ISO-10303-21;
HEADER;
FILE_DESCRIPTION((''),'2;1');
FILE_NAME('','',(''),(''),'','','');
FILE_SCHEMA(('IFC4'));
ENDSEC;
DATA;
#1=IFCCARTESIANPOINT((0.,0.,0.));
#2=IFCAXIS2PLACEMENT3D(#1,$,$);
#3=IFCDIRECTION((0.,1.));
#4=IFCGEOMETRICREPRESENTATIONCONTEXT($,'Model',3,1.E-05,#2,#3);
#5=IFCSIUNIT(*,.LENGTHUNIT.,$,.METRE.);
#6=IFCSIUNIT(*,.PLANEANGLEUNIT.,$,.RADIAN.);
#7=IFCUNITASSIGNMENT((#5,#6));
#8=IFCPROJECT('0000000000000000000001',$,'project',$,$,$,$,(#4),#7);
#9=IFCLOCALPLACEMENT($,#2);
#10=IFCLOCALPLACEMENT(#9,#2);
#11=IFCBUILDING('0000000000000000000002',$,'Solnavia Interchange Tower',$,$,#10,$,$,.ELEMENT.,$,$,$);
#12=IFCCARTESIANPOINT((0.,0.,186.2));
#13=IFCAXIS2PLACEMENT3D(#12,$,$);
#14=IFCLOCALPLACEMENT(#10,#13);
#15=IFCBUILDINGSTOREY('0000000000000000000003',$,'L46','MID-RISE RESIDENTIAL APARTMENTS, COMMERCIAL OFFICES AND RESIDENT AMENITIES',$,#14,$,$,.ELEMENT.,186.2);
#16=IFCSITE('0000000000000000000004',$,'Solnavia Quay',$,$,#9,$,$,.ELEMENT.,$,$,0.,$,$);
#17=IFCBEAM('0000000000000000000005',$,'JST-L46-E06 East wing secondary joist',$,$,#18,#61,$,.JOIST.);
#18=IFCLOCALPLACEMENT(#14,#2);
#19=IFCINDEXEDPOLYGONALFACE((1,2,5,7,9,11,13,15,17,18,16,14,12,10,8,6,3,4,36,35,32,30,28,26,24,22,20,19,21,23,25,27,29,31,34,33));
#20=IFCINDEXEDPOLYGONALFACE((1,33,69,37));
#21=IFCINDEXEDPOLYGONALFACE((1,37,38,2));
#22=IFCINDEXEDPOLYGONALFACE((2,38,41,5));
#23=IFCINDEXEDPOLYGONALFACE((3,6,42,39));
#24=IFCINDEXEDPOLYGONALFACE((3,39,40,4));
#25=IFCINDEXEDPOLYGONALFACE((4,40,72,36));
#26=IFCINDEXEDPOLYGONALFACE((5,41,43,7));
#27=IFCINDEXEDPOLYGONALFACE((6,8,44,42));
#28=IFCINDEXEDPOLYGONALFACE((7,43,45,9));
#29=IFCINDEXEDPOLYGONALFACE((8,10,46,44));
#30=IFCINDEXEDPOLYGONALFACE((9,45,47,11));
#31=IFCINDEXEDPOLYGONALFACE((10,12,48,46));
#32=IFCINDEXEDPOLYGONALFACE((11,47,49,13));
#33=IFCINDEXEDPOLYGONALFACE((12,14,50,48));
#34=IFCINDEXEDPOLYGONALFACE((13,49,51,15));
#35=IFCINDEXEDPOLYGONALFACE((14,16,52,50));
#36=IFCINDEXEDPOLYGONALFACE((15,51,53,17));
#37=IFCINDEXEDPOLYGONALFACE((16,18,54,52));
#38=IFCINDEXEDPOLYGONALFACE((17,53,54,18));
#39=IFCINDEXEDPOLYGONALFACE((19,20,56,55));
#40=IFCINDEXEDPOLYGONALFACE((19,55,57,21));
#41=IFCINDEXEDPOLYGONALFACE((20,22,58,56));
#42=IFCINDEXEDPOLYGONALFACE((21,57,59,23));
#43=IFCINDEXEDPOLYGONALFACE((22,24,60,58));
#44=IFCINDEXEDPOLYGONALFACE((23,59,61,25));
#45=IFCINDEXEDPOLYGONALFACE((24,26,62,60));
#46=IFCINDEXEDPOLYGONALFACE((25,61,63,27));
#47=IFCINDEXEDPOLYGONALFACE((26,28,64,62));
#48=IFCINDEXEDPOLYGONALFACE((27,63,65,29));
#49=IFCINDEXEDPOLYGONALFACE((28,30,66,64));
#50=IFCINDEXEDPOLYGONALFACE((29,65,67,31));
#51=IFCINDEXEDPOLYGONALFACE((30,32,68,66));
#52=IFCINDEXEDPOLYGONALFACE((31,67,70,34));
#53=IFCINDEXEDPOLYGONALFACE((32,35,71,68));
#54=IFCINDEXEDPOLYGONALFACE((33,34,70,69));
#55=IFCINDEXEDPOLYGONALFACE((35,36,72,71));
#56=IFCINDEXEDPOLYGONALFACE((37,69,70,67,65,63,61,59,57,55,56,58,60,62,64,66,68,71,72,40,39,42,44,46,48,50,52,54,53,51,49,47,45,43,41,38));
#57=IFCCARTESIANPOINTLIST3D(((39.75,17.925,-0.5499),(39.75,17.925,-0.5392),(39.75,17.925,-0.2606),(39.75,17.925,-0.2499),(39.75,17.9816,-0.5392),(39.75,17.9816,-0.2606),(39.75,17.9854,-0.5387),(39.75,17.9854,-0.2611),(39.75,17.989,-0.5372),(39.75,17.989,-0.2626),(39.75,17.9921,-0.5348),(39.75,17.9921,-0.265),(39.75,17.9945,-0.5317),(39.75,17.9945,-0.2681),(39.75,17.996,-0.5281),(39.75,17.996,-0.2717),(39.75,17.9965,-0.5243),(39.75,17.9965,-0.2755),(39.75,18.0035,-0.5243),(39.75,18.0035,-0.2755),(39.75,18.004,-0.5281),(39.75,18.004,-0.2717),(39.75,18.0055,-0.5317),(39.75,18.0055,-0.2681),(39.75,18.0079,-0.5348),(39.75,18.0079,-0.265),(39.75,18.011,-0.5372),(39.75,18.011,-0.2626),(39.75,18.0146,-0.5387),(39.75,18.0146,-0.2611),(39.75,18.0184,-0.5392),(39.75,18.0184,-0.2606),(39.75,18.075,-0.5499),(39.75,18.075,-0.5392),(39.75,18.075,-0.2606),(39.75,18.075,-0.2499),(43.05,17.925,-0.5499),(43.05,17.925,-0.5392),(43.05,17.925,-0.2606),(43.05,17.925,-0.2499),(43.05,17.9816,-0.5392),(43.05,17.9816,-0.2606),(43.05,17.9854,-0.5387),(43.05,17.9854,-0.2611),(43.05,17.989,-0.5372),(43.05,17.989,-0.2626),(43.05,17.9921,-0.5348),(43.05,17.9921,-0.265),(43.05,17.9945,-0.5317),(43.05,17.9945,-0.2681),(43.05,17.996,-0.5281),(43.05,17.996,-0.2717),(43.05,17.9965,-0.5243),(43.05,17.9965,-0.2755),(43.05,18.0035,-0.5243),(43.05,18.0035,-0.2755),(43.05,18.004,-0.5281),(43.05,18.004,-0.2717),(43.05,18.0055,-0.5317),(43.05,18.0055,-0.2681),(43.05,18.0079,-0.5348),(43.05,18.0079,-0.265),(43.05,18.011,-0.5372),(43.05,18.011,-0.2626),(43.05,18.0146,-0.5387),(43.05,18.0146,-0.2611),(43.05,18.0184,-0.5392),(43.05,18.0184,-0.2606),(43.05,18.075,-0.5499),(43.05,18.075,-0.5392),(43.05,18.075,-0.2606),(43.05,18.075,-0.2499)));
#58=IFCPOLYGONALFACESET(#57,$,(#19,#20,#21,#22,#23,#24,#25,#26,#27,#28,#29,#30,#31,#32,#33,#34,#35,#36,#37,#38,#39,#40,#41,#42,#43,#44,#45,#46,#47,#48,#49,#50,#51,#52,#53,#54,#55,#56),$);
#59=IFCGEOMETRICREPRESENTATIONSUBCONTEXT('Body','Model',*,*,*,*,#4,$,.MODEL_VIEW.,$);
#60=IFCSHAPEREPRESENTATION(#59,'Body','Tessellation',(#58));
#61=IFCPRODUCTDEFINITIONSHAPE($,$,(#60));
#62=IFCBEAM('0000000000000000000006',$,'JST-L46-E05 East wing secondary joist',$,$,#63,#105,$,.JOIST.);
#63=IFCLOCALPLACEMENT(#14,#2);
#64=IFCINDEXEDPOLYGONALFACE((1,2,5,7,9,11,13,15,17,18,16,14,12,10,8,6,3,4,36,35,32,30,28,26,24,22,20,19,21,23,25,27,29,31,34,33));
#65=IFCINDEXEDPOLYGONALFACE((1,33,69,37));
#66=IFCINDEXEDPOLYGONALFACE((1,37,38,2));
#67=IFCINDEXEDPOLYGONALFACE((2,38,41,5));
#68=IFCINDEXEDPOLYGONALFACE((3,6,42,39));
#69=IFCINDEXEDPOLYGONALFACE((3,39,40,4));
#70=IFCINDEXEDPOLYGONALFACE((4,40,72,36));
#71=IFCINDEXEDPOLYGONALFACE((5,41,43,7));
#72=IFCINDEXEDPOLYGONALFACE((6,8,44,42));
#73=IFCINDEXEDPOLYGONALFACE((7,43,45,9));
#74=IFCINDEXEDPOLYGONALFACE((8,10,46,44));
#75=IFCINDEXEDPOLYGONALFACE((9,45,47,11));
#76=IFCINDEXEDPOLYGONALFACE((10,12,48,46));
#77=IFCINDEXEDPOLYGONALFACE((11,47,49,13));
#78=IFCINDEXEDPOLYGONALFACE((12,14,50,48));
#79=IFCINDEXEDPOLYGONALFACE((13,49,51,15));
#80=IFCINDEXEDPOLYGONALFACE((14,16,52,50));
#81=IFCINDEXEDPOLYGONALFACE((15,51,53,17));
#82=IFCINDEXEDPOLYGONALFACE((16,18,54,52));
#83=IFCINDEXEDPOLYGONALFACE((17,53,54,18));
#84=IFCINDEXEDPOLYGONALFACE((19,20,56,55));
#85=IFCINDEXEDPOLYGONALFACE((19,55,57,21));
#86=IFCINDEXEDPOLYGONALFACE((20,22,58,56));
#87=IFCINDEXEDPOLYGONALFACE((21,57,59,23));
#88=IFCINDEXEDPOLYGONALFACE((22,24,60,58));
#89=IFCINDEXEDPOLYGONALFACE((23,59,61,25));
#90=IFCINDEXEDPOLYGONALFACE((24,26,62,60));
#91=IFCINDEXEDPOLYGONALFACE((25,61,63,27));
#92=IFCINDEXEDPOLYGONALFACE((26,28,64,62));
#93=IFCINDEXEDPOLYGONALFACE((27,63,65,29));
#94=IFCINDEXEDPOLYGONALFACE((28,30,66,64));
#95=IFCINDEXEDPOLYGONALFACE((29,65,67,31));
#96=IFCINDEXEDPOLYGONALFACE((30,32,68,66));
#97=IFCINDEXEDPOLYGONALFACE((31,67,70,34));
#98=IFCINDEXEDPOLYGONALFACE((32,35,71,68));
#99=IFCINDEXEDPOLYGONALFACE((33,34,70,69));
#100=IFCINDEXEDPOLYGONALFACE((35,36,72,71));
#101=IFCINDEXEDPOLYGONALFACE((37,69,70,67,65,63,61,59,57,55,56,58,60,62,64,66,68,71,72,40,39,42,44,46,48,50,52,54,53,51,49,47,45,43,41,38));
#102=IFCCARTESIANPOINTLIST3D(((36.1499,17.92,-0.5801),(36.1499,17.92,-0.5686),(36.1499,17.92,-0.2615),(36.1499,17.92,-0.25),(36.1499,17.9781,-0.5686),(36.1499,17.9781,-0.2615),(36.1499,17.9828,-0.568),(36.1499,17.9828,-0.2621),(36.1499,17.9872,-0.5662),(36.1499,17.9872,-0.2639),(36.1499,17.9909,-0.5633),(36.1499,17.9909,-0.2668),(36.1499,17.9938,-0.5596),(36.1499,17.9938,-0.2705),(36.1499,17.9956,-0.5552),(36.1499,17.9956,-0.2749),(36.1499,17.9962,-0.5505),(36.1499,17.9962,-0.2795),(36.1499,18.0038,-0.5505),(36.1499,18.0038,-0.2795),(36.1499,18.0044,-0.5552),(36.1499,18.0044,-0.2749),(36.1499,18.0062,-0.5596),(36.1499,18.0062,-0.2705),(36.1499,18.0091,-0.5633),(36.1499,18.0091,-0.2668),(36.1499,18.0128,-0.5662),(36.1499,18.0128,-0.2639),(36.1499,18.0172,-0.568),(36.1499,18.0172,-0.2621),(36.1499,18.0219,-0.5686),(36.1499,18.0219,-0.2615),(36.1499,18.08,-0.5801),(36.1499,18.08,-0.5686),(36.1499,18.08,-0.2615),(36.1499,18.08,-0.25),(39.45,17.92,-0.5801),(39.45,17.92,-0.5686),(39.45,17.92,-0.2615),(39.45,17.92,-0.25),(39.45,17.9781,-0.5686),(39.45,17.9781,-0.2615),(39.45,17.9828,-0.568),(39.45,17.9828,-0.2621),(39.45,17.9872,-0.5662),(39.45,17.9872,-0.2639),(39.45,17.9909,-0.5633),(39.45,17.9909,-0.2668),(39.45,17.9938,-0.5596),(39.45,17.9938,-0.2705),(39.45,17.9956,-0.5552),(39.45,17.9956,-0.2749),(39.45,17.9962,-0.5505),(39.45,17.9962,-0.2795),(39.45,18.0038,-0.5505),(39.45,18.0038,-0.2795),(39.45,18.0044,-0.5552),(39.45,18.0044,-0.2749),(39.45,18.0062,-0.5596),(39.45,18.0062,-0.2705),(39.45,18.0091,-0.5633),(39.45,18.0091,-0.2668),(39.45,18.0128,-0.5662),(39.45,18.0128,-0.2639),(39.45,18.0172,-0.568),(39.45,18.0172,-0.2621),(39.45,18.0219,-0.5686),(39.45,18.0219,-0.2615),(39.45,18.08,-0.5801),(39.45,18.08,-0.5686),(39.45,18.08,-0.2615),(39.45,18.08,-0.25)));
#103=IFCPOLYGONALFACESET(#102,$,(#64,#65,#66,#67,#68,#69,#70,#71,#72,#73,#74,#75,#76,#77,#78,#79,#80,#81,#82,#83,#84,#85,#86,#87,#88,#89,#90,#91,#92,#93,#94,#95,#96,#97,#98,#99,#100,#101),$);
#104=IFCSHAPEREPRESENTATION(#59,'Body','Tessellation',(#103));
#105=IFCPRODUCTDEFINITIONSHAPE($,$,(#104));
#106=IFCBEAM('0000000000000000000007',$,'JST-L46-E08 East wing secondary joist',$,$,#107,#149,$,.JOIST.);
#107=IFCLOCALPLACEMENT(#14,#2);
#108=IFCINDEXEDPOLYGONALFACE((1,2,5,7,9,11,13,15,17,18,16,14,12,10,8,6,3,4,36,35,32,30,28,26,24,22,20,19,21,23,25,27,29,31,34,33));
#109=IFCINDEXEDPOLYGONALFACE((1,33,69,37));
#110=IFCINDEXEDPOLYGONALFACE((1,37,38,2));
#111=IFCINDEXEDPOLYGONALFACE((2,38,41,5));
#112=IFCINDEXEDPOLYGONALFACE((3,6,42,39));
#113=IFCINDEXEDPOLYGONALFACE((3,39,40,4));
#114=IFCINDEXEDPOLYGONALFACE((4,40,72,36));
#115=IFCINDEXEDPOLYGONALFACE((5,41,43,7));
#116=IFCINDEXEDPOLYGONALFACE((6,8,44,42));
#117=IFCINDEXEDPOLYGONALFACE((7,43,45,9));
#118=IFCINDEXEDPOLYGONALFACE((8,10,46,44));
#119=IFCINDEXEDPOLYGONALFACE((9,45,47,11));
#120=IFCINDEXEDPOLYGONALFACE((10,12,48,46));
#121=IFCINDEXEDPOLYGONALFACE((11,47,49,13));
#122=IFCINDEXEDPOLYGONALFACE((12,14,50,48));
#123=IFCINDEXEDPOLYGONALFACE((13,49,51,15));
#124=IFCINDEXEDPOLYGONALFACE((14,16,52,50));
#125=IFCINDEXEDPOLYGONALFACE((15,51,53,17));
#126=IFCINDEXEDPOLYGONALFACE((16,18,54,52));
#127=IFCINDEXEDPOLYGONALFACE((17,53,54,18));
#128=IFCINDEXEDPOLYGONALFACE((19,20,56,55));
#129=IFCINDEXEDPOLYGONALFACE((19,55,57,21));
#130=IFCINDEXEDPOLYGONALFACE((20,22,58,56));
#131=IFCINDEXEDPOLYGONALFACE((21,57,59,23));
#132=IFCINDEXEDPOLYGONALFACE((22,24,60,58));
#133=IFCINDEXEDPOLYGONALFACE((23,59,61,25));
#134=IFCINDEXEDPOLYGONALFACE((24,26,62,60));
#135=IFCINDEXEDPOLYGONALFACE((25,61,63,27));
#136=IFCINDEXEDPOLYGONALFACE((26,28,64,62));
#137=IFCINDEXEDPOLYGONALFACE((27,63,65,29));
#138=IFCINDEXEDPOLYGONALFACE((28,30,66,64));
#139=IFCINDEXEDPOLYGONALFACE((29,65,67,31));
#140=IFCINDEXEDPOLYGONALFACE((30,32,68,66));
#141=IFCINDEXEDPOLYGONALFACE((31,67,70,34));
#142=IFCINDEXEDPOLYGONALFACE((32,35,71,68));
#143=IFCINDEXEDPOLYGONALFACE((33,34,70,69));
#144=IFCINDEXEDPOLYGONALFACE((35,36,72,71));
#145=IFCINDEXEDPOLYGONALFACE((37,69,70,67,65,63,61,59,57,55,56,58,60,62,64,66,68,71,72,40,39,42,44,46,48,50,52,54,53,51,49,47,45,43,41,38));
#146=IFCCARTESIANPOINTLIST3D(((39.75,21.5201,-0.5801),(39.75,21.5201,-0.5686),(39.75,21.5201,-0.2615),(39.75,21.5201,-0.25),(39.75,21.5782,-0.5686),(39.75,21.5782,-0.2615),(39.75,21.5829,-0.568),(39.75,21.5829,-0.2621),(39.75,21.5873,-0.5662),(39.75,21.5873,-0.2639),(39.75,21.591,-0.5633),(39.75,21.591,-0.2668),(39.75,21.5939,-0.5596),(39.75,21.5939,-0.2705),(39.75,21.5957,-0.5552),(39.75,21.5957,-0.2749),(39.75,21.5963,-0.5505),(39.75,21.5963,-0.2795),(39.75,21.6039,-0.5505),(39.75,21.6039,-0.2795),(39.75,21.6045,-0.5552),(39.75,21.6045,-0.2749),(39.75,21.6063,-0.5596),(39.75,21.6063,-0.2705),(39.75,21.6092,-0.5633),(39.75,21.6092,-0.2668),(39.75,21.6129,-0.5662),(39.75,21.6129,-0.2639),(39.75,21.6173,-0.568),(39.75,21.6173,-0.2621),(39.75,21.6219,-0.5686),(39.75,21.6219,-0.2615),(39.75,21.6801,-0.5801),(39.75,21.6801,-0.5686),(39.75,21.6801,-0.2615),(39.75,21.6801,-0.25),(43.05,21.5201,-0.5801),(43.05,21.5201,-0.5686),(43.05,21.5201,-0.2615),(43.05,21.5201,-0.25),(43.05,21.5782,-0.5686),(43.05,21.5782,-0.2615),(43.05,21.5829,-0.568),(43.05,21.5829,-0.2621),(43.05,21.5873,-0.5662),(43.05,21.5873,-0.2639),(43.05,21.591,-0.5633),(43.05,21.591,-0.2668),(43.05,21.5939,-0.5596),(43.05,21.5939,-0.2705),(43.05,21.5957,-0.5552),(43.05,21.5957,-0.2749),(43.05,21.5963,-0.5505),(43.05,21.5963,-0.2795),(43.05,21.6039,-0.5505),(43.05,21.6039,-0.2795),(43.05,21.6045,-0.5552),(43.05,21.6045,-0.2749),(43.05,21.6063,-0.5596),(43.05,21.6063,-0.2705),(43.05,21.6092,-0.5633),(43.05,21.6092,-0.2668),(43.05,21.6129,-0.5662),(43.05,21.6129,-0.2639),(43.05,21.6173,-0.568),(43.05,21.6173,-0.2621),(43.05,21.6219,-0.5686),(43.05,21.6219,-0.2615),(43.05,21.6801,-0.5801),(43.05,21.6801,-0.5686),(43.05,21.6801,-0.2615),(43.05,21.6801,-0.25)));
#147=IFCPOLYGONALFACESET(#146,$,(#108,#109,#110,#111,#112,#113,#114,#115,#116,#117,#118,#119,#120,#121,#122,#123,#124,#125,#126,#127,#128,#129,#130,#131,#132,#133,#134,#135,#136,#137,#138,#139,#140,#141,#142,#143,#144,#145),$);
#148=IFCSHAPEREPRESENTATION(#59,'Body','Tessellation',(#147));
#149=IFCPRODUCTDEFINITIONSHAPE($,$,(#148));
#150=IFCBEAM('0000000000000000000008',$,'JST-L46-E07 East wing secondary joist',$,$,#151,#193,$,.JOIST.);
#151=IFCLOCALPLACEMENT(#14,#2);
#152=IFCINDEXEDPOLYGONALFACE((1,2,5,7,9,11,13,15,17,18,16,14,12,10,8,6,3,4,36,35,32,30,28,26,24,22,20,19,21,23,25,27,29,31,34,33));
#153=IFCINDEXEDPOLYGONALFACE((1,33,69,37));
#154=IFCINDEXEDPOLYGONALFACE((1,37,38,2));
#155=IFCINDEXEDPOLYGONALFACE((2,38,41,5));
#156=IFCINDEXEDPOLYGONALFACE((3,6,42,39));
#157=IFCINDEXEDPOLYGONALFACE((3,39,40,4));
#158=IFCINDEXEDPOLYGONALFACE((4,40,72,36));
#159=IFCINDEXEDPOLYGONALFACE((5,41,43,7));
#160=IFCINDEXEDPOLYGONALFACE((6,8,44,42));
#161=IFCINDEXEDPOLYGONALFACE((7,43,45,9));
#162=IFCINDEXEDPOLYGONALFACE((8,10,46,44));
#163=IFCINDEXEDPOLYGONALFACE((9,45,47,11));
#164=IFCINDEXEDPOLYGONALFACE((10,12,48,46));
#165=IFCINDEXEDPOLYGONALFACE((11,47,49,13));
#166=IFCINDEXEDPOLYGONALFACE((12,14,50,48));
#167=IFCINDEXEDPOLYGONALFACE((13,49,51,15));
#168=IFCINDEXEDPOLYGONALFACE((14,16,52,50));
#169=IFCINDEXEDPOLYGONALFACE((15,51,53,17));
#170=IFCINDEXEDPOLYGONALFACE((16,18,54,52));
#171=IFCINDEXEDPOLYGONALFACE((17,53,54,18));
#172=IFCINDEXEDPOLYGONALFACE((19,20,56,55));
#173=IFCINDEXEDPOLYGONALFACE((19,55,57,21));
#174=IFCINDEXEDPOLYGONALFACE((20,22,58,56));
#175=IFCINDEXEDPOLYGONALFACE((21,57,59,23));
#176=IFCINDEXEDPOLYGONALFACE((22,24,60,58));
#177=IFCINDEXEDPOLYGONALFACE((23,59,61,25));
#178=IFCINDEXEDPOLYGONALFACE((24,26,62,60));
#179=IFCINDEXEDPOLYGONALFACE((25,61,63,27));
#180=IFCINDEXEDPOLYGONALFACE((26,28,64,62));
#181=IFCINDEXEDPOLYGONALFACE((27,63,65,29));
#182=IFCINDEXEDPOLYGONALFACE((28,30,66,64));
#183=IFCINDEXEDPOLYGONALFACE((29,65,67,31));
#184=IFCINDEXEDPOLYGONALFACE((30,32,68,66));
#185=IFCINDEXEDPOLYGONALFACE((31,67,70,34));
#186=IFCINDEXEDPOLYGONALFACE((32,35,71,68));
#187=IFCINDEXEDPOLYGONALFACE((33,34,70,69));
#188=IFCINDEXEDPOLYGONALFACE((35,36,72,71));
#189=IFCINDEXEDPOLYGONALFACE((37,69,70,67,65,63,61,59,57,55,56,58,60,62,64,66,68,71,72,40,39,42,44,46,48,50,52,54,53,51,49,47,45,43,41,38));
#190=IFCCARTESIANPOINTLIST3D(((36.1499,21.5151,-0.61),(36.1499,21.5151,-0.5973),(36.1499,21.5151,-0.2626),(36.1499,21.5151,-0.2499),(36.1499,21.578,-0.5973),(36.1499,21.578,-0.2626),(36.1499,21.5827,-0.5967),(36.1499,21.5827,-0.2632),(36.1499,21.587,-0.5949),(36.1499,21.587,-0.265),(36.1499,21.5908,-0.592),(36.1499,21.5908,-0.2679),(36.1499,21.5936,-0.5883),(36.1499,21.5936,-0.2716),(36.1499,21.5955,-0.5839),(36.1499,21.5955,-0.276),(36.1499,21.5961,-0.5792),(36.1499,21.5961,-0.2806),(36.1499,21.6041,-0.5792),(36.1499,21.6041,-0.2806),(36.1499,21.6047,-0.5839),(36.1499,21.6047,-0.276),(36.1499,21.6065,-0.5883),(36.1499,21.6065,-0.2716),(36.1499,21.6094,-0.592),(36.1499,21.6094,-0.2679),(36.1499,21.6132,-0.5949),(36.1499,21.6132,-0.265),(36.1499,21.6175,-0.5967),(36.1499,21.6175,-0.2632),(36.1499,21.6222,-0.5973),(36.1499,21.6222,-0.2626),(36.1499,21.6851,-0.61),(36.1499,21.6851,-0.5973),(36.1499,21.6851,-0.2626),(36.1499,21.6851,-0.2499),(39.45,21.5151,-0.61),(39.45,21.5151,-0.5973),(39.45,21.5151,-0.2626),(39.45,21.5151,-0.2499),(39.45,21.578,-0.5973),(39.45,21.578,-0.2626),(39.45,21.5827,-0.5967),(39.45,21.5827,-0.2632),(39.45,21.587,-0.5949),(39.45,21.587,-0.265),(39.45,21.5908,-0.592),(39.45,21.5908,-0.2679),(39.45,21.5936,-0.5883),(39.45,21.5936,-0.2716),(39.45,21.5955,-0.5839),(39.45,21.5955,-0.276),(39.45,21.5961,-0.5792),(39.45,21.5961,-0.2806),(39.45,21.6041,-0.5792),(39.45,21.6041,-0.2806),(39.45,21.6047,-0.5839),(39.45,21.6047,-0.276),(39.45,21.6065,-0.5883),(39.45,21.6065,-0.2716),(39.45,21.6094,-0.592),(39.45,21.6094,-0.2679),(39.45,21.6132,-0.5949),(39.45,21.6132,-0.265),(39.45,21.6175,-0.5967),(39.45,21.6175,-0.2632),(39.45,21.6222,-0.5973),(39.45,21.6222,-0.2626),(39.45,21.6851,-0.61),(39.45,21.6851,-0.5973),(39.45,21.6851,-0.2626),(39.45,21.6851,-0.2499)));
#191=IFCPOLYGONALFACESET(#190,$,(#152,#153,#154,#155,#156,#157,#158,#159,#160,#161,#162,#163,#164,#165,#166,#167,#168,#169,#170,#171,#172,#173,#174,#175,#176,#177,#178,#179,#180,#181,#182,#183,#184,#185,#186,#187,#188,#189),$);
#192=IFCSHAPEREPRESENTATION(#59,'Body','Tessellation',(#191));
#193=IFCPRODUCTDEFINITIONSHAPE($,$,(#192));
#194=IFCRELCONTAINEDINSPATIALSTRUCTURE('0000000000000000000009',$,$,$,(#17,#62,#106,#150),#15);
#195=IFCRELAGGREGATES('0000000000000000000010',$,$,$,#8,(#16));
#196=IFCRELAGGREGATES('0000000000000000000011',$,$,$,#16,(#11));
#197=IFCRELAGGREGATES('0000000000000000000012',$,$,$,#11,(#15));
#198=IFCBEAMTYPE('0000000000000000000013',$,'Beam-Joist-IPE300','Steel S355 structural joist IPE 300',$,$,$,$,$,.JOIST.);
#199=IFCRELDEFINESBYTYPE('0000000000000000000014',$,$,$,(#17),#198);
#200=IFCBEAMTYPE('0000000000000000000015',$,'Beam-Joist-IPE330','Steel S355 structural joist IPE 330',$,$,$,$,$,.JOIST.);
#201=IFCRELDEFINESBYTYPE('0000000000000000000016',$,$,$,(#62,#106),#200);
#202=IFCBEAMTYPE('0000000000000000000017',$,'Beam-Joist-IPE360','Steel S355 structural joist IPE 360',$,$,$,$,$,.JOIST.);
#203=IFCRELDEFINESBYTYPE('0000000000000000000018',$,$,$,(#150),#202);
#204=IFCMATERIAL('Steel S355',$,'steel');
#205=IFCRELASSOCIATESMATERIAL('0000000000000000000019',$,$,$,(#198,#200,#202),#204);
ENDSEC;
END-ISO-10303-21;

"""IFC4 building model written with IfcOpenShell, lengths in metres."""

from ifc_helpers import new_model, si_unit, direction, frame, origin, origin_2d, place, context, subcontext, project, spatial, i_section, extrude, material, material_profile, profile_set, type_object, element, save


model = new_model("IFC4")

# Units and contexts
model_context = context("Model", 3, precision=1e-05, world=origin(), true_north=direction((0.0, 1.0)))
body_context = subcontext(model_context, "Body", "Model", "MODEL_VIEW")
ifc_project = project(units=[si_unit("LENGTHUNIT", "METRE"), si_unit("PLANEANGLEUNIT", "RADIAN")], contexts=[model_context])

# Site, building, storey
site_placement = place(None, origin())
site = spatial("IfcSite", under=ifc_project, at=site_placement, Name="Solnavia Quay", CompositionType="ELEMENT", RefElevation=0.0)
building_placement = place(site_placement, origin())
building = spatial("IfcBuilding", under=site, at=building_placement, Name="Solnavia Interchange Tower", CompositionType="ELEMENT")
storey_placement = place(building_placement, frame((0.0, 0.0, 186.2)))
storey = spatial("IfcBuildingStorey", under=building, at=storey_placement, Name="L46", Description="MID-RISE RESIDENTIAL APARTMENTS, COMMERCIAL OFFICES AND RESIDENT AMENITIES", CompositionType="ELEMENT", Elevation=186.2)

# Shared definitions
ifc_material_1 = material(Name="Steel S355", Category="steel")

# Beams
ifc_material_profile_1 = material_profile(ifc_material_1, i_section(OverallWidth=0.1499, OverallDepth=0.3, WebThickness=0.0071, FlangeThickness=0.0107, FilletRadius=0.0149, at=origin_2d()), Name="IPE 300")
ifc_profile_set_1 = profile_set([ifc_material_profile_1], Name="Steel S355")
beam_type_1 = type_object("IfcBeamType", Name="Beam-Joist-IPE300", Description="Steel S355 structural joist IPE 300", PredefinedType="JOIST", material=ifc_profile_set_1)
beam_1_placement = place(storey_placement, frame((39.75, 18.0, -0.3999), z_axis=(1.0, 0.0, 0.0), x_axis=(0.0, 1.0, 0.0)))
element("IfcBeam", 1, at=beam_1_placement, inside=storey, type_object=beam_type_1, Name="JST-L46-E06 East wing secondary joist", PredefinedType="JOIST", context=body_context, shape_type="SweptSolid", body=[
    extrude(i_section(OverallWidth=0.1499, OverallDepth=0.3, WebThickness=0.0071, FlangeThickness=0.0107, FilletRadius=0.0149, at=origin_2d()), origin(), (0.0, 0.0, 1.0), 3.3),
])
ifc_material_profile_2 = material_profile(ifc_material_1, i_section(OverallWidth=0.1599, OverallDepth=0.3301, WebThickness=0.0076, FlangeThickness=0.0115, FilletRadius=0.0181, at=origin_2d()), Name="IPE 330")
ifc_profile_set_2 = profile_set([ifc_material_profile_2], Name="Steel S355")
beam_type_2 = type_object("IfcBeamType", Name="Beam-Joist-IPE330", Description="Steel S355 structural joist IPE 330", PredefinedType="JOIST", material=ifc_profile_set_2)
for number, where, z_axis, x_axis, name in (
    (2, (36.1499, 18.0, -0.415), (1.0, 0.0, 0.0), (0.0, 1.0, 0.0), "JST-L46-E05 East wing secondary joist"),
    (3, (39.75, 21.6001, -0.415), (1.0, 0.0, 0.0), (0.0, 1.0, 0.0), "JST-L46-E08 East wing secondary joist"),
):
    element("IfcBeam", number, at=place(storey_placement, frame(where, z_axis=z_axis, x_axis=x_axis)), inside=storey, type_object=beam_type_2, Name=name, PredefinedType="JOIST", context=body_context, shape_type="SweptSolid", body=[
        extrude(i_section(OverallWidth=0.1599, OverallDepth=0.3301, WebThickness=0.0076, FlangeThickness=0.0115, FilletRadius=0.0181, at=origin_2d()), origin(), (0.0, 0.0, 1.0), 3.3),
    ])
ifc_material_profile_3 = material_profile(ifc_material_1, i_section(OverallWidth=0.1699, OverallDepth=0.3601, WebThickness=0.0081, FlangeThickness=0.0127, FilletRadius=0.0181, at=origin_2d()), Name="IPE 360")
ifc_profile_set_3 = profile_set([ifc_material_profile_3], Name="Steel S355")
beam_type_3 = type_object("IfcBeamType", Name="Beam-Joist-IPE360", Description="Steel S355 structural joist IPE 360", PredefinedType="JOIST", material=ifc_profile_set_3)
beam_2_placement = place(storey_placement, frame((36.1499, 21.6001, -0.4299), z_axis=(1.0, 0.0, 0.0), x_axis=(0.0, 1.0, 0.0)))
element("IfcBeam", 4, at=beam_2_placement, inside=storey, type_object=beam_type_3, Name="JST-L46-E07 East wing secondary joist", PredefinedType="JOIST", context=body_context, shape_type="SweptSolid", body=[
    extrude(i_section(OverallWidth=0.1699, OverallDepth=0.3601, WebThickness=0.0081, FlangeThickness=0.0127, FilletRadius=0.0181, at=origin_2d()), origin(), (0.0, 0.0, 1.0), 3.3),
])

save(model, "model.ifc")
